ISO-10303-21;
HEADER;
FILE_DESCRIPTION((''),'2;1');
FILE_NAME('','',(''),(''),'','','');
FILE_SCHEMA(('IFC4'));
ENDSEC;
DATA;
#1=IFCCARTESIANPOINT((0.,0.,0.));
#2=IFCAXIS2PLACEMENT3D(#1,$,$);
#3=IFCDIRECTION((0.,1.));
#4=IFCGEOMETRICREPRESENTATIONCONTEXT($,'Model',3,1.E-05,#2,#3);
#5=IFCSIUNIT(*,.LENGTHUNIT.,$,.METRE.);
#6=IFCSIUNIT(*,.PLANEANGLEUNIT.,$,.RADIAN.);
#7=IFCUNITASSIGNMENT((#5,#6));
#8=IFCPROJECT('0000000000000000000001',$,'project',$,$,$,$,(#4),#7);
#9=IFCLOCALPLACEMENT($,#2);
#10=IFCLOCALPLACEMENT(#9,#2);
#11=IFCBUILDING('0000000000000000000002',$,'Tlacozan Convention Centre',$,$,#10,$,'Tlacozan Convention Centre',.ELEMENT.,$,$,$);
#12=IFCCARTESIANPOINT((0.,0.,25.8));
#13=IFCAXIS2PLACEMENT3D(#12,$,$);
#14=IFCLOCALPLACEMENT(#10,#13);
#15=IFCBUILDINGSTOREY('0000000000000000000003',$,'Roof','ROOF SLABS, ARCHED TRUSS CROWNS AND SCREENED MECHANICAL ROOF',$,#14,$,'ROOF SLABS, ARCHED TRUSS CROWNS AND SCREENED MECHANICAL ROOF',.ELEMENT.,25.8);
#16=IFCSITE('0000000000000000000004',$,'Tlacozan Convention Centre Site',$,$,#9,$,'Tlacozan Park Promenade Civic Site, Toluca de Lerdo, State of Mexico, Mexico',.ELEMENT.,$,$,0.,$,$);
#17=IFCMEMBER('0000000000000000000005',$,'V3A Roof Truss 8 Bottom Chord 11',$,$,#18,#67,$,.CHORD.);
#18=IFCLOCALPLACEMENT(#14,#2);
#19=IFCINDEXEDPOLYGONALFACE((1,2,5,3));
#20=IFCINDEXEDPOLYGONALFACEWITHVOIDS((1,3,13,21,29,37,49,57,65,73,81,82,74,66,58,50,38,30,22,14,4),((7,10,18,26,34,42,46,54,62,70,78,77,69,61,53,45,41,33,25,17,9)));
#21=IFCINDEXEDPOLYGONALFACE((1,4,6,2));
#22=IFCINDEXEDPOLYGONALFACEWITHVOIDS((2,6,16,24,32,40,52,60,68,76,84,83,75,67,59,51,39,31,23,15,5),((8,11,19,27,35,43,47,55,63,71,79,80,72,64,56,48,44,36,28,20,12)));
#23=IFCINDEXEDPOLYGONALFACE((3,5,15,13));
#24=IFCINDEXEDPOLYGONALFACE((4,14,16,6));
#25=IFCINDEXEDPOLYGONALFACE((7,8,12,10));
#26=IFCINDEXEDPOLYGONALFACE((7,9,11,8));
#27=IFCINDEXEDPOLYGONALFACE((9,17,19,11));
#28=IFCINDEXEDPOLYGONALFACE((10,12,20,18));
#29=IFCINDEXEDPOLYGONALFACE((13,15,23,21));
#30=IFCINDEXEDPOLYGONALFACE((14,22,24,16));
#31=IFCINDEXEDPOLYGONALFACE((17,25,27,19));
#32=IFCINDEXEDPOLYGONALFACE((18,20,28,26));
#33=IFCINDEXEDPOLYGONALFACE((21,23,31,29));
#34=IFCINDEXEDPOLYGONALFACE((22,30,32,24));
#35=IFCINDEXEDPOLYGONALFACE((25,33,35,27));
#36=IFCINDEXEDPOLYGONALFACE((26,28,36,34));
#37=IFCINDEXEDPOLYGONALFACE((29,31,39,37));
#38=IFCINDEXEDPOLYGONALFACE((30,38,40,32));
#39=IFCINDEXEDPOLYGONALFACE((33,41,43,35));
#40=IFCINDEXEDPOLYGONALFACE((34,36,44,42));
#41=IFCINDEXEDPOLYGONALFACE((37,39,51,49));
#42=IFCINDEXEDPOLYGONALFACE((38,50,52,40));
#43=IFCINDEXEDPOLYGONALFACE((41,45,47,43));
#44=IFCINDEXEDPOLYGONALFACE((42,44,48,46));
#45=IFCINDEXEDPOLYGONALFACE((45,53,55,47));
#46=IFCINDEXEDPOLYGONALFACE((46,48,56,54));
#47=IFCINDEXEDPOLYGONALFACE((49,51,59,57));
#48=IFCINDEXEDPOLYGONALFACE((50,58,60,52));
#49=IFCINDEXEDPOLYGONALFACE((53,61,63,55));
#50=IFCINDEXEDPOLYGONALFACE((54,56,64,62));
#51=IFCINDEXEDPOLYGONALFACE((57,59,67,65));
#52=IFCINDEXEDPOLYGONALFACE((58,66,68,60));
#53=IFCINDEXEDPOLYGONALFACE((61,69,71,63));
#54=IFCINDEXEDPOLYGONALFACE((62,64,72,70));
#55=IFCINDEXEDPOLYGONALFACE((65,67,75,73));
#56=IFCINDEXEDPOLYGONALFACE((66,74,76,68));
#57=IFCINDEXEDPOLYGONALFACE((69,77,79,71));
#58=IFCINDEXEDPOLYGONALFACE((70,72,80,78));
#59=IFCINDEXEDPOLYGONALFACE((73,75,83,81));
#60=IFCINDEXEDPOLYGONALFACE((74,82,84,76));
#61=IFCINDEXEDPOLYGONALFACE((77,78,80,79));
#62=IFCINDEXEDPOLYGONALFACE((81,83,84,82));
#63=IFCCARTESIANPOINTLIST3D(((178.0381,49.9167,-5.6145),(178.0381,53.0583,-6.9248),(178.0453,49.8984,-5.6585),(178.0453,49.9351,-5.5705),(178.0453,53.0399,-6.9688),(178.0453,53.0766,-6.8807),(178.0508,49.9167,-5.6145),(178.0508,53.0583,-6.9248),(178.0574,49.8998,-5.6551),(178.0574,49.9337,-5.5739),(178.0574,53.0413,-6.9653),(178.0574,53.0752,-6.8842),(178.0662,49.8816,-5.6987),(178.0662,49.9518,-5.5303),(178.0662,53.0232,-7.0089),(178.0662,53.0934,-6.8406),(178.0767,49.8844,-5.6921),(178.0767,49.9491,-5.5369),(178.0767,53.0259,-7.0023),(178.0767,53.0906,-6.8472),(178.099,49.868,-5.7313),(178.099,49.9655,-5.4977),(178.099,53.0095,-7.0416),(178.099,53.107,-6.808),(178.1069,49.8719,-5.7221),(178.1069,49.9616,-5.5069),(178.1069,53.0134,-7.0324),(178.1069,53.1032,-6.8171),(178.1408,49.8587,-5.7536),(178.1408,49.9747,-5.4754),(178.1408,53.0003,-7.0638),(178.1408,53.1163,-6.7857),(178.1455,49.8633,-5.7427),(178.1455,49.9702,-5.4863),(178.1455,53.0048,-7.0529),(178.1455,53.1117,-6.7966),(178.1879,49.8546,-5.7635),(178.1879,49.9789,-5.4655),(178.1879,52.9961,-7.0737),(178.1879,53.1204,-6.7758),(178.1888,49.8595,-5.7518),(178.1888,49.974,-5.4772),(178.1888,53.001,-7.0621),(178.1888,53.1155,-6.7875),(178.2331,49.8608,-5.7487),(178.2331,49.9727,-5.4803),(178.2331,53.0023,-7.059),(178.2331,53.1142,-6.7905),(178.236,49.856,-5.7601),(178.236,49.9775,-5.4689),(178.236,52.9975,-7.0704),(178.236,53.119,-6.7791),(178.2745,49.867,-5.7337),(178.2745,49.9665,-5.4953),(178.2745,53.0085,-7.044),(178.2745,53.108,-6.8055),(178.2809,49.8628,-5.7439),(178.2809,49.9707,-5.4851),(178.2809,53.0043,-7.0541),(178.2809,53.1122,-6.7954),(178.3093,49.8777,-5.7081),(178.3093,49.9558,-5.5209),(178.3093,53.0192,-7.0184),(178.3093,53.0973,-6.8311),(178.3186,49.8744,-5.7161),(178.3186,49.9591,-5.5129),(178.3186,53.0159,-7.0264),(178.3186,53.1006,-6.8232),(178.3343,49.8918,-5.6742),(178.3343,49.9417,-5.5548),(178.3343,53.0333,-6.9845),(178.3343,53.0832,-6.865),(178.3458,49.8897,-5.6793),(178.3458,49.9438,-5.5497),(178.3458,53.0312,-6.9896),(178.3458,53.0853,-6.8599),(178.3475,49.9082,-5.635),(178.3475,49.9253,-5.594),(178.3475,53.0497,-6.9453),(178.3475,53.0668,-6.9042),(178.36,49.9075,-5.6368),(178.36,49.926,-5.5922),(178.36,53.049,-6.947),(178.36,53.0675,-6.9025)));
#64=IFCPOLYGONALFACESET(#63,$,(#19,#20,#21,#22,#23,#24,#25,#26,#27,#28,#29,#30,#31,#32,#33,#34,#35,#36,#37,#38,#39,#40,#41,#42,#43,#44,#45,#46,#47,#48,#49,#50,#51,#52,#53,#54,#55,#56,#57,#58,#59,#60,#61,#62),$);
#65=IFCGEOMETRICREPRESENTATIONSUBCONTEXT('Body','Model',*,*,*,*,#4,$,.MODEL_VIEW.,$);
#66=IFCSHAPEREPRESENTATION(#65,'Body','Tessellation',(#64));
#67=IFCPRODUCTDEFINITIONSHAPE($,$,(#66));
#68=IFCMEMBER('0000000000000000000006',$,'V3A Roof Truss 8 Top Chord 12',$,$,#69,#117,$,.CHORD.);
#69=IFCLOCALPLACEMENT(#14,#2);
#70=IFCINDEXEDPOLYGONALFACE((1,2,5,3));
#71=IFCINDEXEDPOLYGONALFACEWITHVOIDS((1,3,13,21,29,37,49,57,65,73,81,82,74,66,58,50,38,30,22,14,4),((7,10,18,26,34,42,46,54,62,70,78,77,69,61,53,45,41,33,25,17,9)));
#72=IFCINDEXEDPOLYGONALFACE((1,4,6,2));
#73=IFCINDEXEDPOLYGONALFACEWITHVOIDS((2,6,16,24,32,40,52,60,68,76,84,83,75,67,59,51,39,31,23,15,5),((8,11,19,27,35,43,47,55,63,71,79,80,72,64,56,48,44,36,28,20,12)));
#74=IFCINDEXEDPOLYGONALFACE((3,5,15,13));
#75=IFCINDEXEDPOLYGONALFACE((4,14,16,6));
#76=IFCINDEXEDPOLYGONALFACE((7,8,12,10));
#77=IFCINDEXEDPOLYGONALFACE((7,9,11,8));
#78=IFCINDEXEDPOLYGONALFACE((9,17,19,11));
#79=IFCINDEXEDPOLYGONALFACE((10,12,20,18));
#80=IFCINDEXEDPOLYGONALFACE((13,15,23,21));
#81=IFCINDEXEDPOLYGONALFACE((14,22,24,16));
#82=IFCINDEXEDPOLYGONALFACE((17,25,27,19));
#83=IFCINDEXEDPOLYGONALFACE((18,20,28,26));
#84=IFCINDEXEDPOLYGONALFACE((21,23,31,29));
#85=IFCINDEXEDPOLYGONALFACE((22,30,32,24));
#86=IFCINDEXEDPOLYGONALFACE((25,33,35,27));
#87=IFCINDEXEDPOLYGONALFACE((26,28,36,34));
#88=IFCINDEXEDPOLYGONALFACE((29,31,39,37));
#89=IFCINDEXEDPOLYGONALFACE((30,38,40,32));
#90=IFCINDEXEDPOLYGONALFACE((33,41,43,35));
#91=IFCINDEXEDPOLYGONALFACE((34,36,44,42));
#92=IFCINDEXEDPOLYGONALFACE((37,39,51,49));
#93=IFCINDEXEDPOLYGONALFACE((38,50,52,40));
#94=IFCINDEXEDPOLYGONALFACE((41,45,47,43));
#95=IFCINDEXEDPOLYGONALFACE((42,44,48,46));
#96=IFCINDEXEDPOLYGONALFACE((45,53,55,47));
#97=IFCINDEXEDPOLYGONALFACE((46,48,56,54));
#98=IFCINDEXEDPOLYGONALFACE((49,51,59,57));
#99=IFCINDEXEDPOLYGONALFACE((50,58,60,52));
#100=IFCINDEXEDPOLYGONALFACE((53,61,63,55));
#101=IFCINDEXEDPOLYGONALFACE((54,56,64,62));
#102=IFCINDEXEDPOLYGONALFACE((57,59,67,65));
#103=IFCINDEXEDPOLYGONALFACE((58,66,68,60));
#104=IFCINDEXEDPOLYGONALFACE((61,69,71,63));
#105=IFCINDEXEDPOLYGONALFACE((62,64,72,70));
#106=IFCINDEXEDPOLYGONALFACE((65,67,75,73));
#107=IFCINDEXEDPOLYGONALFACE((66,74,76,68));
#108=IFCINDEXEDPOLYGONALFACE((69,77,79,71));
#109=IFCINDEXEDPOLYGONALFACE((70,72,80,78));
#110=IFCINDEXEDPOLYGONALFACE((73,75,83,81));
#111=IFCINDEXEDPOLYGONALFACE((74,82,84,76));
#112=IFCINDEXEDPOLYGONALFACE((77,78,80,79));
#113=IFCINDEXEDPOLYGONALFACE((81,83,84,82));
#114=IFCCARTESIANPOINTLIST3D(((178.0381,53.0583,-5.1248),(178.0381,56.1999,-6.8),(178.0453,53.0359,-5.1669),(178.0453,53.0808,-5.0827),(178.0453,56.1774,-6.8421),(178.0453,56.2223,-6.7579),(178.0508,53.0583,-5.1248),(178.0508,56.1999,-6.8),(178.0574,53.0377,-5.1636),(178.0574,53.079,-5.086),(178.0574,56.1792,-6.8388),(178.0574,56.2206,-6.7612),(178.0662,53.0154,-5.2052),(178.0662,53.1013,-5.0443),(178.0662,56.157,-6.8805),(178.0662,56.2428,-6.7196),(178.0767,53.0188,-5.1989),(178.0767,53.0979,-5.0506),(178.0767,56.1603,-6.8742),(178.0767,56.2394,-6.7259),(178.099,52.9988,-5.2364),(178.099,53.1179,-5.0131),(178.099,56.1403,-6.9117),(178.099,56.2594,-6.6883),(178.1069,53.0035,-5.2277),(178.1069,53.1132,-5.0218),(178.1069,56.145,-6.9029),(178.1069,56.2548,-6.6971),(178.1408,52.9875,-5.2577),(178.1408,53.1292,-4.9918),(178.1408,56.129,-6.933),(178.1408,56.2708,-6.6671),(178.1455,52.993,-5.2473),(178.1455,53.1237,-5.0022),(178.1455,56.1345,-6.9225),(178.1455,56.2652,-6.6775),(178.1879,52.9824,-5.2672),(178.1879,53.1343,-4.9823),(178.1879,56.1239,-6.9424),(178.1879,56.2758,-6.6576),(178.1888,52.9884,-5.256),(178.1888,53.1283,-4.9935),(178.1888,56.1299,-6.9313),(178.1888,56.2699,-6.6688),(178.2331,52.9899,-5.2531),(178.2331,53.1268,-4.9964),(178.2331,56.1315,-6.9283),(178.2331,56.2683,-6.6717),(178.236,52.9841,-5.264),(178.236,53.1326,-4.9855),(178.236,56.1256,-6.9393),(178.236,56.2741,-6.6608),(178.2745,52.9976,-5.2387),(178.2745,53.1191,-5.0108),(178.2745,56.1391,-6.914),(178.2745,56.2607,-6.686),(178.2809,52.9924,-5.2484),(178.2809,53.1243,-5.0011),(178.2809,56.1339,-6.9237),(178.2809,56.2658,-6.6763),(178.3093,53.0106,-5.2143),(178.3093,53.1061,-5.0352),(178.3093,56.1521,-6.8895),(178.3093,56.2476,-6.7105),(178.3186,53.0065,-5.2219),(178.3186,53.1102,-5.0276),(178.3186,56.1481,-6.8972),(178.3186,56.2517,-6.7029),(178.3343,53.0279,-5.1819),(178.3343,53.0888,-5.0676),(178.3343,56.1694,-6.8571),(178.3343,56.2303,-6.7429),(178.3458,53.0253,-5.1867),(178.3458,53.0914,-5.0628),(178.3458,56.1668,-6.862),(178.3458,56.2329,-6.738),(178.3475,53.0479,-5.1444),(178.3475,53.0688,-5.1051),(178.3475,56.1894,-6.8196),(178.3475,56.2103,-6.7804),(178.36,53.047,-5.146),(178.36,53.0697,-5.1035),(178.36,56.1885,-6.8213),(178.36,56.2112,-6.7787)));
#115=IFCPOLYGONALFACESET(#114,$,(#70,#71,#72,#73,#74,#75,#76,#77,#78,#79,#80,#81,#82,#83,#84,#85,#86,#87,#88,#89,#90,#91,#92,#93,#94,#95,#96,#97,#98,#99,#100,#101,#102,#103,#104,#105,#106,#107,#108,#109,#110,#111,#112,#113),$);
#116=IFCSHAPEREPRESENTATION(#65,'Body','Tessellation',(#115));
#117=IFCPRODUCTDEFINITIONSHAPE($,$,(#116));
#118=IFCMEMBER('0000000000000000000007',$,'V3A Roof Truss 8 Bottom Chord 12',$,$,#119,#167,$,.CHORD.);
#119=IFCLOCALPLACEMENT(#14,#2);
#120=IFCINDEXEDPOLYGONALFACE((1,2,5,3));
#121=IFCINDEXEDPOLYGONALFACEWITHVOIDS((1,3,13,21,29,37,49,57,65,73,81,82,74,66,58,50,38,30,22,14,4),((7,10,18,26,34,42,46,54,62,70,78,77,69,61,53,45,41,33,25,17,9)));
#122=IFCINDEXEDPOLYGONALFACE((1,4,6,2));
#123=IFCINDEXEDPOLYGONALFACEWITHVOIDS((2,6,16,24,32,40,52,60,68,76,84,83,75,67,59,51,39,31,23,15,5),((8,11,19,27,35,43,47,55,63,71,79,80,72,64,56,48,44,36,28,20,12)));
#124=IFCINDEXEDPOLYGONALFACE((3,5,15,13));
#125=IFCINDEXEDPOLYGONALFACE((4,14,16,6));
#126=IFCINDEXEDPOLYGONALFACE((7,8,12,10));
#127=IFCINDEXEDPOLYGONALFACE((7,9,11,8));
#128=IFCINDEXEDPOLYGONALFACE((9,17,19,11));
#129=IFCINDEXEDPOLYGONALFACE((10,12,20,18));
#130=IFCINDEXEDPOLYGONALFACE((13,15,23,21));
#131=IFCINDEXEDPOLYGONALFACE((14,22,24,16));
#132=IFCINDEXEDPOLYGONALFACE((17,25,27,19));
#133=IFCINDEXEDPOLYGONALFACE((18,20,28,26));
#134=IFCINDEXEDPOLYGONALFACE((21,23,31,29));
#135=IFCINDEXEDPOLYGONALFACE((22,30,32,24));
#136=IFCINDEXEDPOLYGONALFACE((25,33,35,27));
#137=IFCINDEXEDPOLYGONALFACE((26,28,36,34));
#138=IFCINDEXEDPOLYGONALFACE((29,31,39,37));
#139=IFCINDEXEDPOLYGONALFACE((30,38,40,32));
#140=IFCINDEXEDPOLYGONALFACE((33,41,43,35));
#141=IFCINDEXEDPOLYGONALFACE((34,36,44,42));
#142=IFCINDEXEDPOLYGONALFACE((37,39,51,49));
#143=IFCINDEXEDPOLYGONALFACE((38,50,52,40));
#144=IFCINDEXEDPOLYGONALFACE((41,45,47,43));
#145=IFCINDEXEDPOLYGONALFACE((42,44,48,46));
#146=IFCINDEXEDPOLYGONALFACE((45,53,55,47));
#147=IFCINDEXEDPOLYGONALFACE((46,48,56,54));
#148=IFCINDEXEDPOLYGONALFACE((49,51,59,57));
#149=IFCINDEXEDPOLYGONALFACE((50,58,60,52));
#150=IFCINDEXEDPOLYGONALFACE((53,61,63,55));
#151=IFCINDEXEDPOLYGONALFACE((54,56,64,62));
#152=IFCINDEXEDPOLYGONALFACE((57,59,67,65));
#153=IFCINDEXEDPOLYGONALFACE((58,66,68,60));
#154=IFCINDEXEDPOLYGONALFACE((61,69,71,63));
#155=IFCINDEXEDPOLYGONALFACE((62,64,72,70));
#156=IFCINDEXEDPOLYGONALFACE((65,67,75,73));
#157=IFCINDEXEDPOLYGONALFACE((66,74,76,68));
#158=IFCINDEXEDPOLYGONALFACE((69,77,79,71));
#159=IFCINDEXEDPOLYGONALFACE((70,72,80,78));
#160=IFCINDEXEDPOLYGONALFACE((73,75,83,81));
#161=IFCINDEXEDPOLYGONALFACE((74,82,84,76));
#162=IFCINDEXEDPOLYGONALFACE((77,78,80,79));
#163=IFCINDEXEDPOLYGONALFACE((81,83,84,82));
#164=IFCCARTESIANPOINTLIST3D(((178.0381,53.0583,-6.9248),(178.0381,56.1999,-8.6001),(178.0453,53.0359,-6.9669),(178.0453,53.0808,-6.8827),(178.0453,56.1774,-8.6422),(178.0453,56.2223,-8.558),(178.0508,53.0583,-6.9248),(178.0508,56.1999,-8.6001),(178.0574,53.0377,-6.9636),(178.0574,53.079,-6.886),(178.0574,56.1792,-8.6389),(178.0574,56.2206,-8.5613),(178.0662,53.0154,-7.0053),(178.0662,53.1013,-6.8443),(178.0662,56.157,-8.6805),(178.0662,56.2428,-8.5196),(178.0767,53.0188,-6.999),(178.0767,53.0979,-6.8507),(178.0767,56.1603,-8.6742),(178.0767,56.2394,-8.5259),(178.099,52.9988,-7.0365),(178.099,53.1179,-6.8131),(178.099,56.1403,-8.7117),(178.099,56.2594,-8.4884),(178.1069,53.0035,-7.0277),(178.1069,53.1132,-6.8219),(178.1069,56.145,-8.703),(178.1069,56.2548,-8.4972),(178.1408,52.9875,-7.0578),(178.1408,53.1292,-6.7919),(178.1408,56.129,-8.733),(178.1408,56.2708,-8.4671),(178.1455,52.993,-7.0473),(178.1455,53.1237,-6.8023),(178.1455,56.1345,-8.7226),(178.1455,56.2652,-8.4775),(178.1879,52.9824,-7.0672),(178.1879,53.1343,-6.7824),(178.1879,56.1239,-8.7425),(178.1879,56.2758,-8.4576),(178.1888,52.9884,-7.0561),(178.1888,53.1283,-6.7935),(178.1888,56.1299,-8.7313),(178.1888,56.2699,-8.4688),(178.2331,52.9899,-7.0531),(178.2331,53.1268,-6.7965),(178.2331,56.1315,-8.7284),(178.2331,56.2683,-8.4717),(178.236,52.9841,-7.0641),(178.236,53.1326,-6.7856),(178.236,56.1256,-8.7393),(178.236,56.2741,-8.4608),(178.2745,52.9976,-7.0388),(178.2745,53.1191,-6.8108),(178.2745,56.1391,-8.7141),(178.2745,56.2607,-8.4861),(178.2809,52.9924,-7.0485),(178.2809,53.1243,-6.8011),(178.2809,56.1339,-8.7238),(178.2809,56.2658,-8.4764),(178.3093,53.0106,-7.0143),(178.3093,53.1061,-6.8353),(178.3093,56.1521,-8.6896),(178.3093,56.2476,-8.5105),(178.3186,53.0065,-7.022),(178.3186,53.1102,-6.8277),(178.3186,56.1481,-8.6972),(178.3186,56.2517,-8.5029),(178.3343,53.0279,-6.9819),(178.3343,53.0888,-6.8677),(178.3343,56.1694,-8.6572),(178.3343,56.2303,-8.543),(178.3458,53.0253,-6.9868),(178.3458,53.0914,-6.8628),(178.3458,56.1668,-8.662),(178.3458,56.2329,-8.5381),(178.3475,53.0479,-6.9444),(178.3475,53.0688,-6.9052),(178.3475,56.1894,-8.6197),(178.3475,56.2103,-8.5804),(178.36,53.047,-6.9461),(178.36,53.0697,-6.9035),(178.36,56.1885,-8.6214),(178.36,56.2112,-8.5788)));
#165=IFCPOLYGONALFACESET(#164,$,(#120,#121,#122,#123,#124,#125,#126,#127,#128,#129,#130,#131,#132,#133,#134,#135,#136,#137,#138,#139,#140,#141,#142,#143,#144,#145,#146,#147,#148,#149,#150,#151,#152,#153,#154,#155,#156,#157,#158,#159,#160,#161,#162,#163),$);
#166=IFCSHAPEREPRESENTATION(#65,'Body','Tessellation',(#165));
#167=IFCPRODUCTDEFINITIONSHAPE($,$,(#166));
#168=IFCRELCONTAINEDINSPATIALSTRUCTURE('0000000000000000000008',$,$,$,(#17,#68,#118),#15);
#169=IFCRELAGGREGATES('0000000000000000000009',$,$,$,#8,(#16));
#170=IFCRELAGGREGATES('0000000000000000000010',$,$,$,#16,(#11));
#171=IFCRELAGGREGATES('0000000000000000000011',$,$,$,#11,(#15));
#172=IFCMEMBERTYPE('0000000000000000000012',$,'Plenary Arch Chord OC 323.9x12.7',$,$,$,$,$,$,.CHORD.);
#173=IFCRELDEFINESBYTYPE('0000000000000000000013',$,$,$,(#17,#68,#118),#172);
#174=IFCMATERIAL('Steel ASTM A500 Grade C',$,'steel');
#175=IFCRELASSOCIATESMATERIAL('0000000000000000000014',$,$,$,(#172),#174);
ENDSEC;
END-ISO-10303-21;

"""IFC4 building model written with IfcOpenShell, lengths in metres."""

from ifc_helpers import new_model, si_unit, direction, frame, origin, origin_2d, place, context, subcontext, project, spatial, hollow_circle, extrude, material, material_profile, profile_set, type_object, element, save


model = new_model("IFC4")

# Units and contexts
model_context = context("Model", 3, precision=1e-05, world=origin(), true_north=direction((0.0, 1.0)))
body_context = subcontext(model_context, "Body", "Model", "MODEL_VIEW")
ifc_project = project(units=[si_unit("LENGTHUNIT", "METRE"), si_unit("PLANEANGLEUNIT", "RADIAN")], contexts=[model_context])

# Site, building, storey
site_placement = place(None, origin())
site = spatial("IfcSite", under=ifc_project, at=site_placement, Name="Tlacozan Convention Centre Site", LongName="Tlacozan Park Promenade Civic Site, Toluca de Lerdo, State of Mexico, Mexico", CompositionType="ELEMENT", RefElevation=0.0)
building_placement = place(site_placement, origin())
building = spatial("IfcBuilding", under=site, at=building_placement, Name="Tlacozan Convention Centre", LongName="Tlacozan Convention Centre", CompositionType="ELEMENT")
storey_placement = place(building_placement, frame((0.0, 0.0, 25.8)))
storey = spatial("IfcBuildingStorey", under=building, at=storey_placement, Name="Roof", Description="ROOF SLABS, ARCHED TRUSS CROWNS AND SCREENED MECHANICAL ROOF", LongName="ROOF SLABS, ARCHED TRUSS CROWNS AND SCREENED MECHANICAL ROOF", CompositionType="ELEMENT", Elevation=25.8)

# Members
ifc_material_1 = material(Name="Steel ASTM A500 Grade C", Category="steel")
ifc_material_profile_1 = material_profile(ifc_material_1, hollow_circle(Radius=0.1619, WallThickness=0.0127, at=origin_2d()), Name="OC 323.9x12.7")
ifc_profile_set_1 = profile_set([ifc_material_profile_1], Name="Steel ASTM A500 Grade C")
member_type_1 = type_object("IfcMemberType", Name="Plenary Arch Chord OC 323.9x12.7", PredefinedType="CHORD", material=ifc_profile_set_1)
for number, where, z_axis, x_axis, name in (
    (1, (178.2, 49.9167, -5.6145), (0.0, 0.922941, -0.384941), (-1.0, 0.0, 0.0), "V3A Roof Truss 8 Bottom Chord 11"),
):
    element("IfcMember", number, at=place(storey_placement, frame(where, z_axis=z_axis, x_axis=x_axis)), inside=storey, type_object=member_type_1, Name=name, PredefinedType="CHORD", context=body_context, shape_type="SweptSolid", body=[
        extrude(hollow_circle(Radius=0.1619, WallThickness=0.0127, at=origin_2d()), origin(), (0.0, 0.0, 1.0), 3.4038),
    ])
for number, where, z_axis, x_axis, name in (
    (2, (178.2, 53.0583, -5.1248), (0.0, 0.88238, -0.470538), (-1.0, 0.0, 0.0), "V3A Roof Truss 8 Top Chord 12"),
    (3, (178.2, 53.0583, -6.9248), (0.0, 0.88238, -0.470538), (-1.0, 0.0, 0.0), "V3A Roof Truss 8 Bottom Chord 12"),
):
    element("IfcMember", number, at=place(storey_placement, frame(where, z_axis=z_axis, x_axis=x_axis)), inside=storey, type_object=member_type_1, Name=name, PredefinedType="CHORD", context=body_context, shape_type="SweptSolid", body=[
        extrude(hollow_circle(Radius=0.1619, WallThickness=0.0127, at=origin_2d()), origin(), (0.0, 0.0, 1.0), 3.5603),
    ])

save(model, "model.ifc")
